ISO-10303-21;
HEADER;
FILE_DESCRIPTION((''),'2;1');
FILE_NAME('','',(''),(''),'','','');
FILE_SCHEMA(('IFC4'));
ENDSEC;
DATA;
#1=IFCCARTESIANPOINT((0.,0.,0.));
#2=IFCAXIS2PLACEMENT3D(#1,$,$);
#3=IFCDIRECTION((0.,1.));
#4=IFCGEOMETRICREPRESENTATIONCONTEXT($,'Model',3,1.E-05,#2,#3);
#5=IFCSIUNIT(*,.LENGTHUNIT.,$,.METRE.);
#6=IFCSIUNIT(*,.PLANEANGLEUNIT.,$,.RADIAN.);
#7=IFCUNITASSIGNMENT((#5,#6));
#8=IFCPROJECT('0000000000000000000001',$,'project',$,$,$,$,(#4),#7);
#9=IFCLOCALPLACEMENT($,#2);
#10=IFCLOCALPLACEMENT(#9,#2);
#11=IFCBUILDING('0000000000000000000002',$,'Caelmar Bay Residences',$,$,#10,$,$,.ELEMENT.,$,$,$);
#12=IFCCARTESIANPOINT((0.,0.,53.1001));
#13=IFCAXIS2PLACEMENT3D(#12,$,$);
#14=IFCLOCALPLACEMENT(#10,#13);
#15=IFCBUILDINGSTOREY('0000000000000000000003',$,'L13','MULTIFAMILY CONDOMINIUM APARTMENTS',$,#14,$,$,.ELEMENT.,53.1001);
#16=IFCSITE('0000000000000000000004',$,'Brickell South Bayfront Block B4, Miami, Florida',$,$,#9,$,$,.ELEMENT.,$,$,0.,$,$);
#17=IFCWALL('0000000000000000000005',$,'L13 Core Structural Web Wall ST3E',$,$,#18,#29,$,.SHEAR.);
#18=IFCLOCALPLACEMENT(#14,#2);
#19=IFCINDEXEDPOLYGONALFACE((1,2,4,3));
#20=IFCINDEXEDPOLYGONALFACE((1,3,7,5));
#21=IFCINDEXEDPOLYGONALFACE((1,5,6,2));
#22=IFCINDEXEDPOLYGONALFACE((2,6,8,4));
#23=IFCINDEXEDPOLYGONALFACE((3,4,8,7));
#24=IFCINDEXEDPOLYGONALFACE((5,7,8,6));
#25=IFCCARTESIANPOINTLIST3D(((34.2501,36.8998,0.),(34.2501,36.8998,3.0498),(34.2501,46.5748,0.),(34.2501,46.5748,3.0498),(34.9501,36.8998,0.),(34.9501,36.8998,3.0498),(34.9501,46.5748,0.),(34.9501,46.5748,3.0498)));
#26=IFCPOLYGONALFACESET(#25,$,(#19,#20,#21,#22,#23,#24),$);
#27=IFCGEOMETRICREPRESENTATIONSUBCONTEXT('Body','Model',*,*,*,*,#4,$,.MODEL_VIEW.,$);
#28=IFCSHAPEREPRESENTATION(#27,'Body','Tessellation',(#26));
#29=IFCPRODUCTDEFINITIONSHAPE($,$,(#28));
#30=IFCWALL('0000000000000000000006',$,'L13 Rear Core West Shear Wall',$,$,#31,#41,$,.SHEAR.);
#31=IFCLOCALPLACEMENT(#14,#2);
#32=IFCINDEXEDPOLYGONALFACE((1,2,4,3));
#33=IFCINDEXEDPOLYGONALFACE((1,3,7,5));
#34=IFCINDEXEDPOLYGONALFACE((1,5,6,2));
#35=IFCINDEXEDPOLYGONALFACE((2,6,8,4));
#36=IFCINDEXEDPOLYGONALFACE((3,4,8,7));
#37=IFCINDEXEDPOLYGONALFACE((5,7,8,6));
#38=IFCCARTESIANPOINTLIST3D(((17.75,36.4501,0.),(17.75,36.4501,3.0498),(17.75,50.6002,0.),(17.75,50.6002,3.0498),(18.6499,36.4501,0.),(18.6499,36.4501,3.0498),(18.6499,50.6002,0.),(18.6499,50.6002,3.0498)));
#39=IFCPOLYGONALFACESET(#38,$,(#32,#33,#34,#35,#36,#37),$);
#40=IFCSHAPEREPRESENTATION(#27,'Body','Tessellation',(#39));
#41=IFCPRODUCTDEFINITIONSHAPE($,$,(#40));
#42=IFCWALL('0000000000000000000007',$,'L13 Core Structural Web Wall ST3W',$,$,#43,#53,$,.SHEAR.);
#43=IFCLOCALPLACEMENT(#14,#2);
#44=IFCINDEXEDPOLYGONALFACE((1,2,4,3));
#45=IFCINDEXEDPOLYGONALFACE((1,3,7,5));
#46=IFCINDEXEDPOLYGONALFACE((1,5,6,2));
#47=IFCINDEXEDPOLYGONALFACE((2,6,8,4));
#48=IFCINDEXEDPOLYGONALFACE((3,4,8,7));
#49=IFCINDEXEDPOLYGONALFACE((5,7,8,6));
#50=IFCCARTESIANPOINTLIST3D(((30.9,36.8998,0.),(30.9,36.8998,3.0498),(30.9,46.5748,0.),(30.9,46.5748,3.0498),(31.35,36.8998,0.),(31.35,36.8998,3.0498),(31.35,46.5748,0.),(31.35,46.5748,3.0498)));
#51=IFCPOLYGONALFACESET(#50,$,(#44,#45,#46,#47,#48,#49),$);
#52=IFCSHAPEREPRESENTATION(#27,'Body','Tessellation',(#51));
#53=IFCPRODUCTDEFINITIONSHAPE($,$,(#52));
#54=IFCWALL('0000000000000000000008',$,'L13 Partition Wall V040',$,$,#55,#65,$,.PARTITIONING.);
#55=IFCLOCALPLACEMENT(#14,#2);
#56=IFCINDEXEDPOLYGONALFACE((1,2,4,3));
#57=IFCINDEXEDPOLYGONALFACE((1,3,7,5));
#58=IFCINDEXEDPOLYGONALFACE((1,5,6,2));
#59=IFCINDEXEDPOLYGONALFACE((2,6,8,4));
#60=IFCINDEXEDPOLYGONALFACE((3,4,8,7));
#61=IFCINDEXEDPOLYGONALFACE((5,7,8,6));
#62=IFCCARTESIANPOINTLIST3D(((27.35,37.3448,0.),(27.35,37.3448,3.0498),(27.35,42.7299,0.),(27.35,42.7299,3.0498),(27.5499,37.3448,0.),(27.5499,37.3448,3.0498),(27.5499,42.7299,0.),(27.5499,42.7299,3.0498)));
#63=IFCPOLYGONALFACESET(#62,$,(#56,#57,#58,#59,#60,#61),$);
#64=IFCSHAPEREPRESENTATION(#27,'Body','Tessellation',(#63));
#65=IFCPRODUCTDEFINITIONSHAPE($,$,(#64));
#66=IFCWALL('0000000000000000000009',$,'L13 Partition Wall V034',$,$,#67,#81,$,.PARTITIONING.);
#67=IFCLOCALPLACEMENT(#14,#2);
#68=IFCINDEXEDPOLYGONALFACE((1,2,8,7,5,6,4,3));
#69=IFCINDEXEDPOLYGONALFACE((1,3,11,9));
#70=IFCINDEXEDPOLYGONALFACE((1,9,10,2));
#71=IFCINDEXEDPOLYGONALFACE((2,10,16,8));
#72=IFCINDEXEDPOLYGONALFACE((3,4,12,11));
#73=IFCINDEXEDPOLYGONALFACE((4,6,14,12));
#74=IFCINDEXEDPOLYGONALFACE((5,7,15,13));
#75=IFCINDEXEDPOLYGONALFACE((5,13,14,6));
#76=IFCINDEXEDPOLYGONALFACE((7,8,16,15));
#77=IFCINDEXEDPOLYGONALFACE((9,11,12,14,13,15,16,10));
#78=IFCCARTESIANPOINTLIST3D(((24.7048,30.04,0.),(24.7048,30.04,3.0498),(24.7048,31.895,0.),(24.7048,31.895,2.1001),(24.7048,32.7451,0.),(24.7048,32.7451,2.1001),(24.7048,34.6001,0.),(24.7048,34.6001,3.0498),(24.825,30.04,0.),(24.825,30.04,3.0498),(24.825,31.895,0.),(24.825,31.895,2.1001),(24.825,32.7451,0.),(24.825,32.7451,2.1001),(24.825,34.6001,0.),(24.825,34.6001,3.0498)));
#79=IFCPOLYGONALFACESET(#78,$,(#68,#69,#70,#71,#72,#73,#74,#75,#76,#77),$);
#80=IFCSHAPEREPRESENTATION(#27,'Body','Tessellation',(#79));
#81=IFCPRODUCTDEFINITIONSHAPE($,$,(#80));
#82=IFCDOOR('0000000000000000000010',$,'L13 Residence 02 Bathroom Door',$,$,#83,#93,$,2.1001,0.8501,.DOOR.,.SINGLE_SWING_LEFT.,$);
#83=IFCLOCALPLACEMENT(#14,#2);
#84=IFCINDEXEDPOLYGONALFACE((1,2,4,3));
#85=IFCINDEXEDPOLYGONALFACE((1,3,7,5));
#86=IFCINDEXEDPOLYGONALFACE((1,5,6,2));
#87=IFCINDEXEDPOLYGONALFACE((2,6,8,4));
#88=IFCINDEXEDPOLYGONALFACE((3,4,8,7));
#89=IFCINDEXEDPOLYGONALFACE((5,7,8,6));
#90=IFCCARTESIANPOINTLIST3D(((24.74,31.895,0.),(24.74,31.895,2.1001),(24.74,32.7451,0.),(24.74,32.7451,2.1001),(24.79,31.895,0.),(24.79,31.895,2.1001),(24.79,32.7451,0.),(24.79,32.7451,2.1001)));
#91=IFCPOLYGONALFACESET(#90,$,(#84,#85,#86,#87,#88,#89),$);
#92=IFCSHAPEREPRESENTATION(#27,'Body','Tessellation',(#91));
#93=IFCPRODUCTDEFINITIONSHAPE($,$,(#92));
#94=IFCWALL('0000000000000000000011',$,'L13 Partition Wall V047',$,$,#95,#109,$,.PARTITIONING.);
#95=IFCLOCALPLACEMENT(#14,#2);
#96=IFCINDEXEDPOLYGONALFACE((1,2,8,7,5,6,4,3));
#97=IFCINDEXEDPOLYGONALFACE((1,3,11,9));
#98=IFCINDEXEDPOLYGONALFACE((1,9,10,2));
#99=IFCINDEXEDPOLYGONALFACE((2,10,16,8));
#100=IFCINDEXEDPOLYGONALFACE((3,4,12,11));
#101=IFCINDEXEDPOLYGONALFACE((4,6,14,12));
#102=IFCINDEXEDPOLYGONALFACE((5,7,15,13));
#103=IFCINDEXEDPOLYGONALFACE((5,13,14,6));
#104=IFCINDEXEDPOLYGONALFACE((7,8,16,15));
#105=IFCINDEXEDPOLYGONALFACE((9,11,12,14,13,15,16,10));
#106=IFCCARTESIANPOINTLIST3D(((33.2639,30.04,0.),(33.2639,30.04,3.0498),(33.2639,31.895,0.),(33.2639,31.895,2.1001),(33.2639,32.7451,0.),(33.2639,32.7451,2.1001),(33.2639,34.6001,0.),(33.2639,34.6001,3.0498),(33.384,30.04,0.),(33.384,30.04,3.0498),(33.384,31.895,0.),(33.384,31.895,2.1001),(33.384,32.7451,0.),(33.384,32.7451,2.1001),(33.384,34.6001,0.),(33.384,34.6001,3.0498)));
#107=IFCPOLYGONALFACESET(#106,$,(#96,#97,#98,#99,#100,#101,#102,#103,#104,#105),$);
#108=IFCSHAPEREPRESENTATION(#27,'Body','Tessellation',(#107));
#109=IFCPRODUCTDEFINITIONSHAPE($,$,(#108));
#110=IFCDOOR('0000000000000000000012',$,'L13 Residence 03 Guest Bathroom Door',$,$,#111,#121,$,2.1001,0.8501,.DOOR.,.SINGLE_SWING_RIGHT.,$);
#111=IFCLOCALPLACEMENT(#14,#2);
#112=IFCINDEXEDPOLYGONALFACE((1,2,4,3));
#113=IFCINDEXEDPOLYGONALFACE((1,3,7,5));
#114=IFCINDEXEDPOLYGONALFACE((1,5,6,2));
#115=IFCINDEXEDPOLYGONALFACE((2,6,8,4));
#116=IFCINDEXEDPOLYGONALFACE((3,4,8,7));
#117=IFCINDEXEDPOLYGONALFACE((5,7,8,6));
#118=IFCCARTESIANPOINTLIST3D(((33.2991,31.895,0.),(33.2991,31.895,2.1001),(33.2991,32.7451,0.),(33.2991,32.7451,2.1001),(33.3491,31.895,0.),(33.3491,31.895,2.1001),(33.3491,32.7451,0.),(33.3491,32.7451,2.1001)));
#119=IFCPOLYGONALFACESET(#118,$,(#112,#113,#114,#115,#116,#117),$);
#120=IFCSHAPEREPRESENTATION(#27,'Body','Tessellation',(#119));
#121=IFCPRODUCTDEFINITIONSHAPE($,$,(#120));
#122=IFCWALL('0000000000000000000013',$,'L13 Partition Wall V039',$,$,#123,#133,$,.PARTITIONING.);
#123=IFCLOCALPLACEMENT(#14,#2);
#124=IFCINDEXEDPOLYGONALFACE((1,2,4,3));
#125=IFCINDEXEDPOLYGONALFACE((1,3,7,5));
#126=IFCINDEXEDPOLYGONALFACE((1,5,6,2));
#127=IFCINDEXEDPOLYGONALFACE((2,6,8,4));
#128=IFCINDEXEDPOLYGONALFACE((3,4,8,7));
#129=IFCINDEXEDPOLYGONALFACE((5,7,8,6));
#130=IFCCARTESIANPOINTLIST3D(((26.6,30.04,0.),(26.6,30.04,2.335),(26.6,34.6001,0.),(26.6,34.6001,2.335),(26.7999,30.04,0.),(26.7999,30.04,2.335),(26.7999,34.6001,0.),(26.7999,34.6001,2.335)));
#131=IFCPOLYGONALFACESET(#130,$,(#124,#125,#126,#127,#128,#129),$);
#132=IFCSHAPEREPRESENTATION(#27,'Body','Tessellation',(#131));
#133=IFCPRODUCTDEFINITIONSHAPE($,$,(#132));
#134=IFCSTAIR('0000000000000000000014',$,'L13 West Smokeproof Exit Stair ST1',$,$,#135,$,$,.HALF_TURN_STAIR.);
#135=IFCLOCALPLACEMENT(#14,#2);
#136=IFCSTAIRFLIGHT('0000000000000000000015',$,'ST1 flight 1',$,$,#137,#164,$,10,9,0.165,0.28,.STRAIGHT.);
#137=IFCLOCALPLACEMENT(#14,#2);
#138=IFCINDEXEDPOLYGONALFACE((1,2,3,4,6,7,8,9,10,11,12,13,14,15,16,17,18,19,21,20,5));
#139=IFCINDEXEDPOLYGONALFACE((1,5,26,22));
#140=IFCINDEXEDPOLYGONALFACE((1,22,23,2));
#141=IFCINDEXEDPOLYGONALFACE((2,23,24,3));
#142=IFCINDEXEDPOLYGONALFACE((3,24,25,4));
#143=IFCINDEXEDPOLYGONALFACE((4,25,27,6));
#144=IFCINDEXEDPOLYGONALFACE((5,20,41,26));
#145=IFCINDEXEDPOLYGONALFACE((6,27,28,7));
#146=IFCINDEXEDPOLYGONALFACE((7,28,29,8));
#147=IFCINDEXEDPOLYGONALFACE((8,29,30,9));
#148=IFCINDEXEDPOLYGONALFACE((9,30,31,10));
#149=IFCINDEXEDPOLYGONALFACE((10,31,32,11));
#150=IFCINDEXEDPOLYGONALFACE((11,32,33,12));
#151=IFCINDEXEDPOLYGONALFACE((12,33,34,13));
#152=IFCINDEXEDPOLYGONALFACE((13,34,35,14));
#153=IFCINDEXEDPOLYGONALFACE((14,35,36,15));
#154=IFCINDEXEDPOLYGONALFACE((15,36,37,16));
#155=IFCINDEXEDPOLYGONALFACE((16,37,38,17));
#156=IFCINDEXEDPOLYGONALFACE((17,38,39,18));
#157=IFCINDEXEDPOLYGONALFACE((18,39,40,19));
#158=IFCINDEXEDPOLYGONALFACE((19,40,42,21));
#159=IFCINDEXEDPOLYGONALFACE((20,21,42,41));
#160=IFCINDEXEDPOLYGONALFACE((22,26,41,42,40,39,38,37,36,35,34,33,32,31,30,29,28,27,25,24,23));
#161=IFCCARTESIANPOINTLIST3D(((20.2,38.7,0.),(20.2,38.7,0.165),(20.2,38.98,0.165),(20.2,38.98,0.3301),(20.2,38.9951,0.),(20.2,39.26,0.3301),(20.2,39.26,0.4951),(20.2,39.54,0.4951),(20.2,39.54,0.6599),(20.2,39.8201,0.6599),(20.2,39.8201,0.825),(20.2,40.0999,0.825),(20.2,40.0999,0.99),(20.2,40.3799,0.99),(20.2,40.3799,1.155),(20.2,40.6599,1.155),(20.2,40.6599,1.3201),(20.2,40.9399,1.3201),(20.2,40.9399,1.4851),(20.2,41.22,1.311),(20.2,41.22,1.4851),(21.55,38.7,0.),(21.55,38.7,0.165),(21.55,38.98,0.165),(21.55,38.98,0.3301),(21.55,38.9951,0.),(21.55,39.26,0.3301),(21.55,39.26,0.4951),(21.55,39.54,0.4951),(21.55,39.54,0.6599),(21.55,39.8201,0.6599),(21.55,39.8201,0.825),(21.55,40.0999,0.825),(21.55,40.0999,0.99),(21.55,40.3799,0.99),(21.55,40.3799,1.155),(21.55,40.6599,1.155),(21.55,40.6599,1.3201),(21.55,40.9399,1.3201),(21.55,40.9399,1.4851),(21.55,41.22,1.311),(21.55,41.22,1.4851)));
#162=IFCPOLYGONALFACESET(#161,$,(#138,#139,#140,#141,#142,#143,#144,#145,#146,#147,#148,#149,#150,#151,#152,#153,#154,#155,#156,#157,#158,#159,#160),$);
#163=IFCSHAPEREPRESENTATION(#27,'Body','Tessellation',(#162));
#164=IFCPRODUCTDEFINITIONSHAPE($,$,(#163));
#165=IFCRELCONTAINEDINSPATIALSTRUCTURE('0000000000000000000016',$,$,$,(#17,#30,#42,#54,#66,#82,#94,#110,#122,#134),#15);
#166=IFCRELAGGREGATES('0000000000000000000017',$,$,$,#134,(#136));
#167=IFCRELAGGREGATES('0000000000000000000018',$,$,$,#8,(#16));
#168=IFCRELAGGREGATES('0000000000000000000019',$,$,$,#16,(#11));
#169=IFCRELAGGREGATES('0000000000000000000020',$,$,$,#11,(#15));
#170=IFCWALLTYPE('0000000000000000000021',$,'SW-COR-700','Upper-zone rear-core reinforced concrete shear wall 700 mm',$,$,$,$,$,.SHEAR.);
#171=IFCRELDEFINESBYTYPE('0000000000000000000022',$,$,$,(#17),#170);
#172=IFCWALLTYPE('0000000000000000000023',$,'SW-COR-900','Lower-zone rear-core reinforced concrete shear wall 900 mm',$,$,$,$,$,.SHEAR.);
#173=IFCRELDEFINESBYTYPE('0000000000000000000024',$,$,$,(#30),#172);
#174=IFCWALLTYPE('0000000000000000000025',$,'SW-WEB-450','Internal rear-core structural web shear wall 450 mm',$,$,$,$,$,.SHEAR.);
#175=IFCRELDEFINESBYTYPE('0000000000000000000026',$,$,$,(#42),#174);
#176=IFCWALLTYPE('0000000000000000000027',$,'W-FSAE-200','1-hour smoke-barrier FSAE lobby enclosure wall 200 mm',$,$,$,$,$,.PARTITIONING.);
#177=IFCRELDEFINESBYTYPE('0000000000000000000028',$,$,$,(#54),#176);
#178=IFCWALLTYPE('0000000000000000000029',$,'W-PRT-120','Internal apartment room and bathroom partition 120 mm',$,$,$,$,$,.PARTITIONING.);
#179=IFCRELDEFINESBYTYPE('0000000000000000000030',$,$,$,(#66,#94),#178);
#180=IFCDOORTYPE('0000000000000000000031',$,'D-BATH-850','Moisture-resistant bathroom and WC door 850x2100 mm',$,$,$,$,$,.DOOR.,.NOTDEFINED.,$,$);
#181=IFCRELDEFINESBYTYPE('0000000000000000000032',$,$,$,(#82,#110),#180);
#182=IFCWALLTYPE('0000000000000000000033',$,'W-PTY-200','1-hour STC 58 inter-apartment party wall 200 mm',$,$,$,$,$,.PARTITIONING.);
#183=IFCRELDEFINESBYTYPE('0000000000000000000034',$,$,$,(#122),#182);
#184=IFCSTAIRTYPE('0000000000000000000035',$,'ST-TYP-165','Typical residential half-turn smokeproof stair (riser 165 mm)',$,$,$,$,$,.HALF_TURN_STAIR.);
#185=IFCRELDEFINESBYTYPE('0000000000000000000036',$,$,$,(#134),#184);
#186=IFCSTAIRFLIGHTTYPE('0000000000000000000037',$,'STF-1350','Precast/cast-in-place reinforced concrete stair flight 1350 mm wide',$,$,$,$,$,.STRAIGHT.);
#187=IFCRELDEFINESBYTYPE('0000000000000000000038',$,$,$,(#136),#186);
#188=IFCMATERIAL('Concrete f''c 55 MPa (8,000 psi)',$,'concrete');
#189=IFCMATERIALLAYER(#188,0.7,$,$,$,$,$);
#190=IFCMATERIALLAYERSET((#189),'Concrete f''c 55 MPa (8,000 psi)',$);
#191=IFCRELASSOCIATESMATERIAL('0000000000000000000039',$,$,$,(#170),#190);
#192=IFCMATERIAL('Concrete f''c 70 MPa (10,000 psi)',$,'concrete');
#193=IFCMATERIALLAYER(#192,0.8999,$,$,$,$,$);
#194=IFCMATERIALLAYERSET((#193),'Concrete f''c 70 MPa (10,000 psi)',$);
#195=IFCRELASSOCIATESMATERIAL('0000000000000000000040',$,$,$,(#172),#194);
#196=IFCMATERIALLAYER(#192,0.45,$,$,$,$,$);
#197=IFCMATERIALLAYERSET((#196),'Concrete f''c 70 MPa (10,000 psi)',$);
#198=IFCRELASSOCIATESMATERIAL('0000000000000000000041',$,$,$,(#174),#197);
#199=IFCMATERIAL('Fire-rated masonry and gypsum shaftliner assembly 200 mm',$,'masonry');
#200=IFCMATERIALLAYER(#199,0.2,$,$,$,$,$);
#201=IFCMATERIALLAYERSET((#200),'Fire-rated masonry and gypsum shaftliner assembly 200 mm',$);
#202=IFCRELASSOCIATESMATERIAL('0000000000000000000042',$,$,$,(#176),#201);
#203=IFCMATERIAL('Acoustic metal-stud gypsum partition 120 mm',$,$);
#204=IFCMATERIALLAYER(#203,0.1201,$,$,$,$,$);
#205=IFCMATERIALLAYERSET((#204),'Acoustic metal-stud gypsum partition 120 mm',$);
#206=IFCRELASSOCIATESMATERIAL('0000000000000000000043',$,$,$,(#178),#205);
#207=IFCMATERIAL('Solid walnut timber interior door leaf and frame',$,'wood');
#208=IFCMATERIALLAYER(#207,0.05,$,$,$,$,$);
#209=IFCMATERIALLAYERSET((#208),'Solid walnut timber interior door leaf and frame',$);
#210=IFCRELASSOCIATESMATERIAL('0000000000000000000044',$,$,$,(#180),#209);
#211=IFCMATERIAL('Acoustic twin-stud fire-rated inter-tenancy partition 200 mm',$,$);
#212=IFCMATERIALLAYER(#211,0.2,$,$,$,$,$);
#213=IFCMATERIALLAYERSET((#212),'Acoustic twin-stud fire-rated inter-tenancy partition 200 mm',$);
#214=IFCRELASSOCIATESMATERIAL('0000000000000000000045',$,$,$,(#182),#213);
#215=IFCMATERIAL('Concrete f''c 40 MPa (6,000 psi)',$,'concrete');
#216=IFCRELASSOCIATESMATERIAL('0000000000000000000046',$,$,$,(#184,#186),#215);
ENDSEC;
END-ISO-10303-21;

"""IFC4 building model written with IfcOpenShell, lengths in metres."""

from ifc_helpers import new_model, si_unit, direction, frame, frame_2d, origin, place, context, subcontext, project, spatial, polyline, rectangle, outline, extrude, material, layer, layer_set, type_object, element, fill, aggregate, save


model = new_model("IFC4")

# Units and contexts
model_context = context("Model", 3, precision=1e-05, world=origin(), true_north=direction((0.0, 1.0)))
body_context = subcontext(model_context, "Body", "Model", "MODEL_VIEW")
ifc_project = project(units=[si_unit("LENGTHUNIT", "METRE"), si_unit("PLANEANGLEUNIT", "RADIAN")], contexts=[model_context])

# Site, building, storey
site_placement = place(None, origin())
site = spatial("IfcSite", under=ifc_project, at=site_placement, Name="Brickell South Bayfront Block B4, Miami, Florida", CompositionType="ELEMENT", RefElevation=0.0)
building_placement = place(site_placement, origin())
building = spatial("IfcBuilding", under=site, at=building_placement, Name="Caelmar Bay Residences", CompositionType="ELEMENT")
storey_placement = place(building_placement, frame((0.0, 0.0, 53.1001)))
storey = spatial("IfcBuildingStorey", under=building, at=storey_placement, Name="L13", Description="MULTIFAMILY CONDOMINIUM APARTMENTS", CompositionType="ELEMENT", Elevation=53.1001)

# Shared definitions
ifc_material_1 = material(Name="Concrete f'c 55 MPa (8,000 psi)", Category="concrete")
ifc_layer_1 = layer(ifc_material_1, 0.7)
ifc_layer_set_1 = layer_set([ifc_layer_1], Name="Concrete f'c 55 MPa (8,000 psi)")
wall_type_1 = type_object("IfcWallType", Name="SW-COR-700", Description="Upper-zone rear-core reinforced concrete shear wall 700 mm", PredefinedType="SHEAR", material=ifc_layer_set_1)

# Walls
wall_1_placement = place(storey_placement, frame((34.6001, 36.8999, 0.0), z_axis=(0.0, 0.0, 1.0), x_axis=(0.0, 1.0, 0.0)))
element("IfcWall", 1, at=wall_1_placement, inside=storey, type_object=wall_type_1, Name="L13 Core Structural Web Wall ST3E", PredefinedType="SHEAR", context=body_context, shape_type="SweptSolid", body=[
    extrude(rectangle(XDim=9.675, YDim=0.7, at=frame_2d((4.8374, 0.0))), origin(), (0.0, 0.0, 1.0), 3.0498),
])
ifc_material_2 = material(Name="Concrete f'c 70 MPa (10,000 psi)", Category="concrete")
ifc_layer_2 = layer(ifc_material_2, 0.8999)
ifc_layer_set_2 = layer_set([ifc_layer_2], Name="Concrete f'c 70 MPa (10,000 psi)")
wall_type_2 = type_object("IfcWallType", Name="SW-COR-900", Description="Lower-zone rear-core reinforced concrete shear wall 900 mm", PredefinedType="SHEAR", material=ifc_layer_set_2)
wall_2_placement = place(storey_placement, frame((18.2, 36.45, 0.0), z_axis=(0.0, 0.0, 1.0), x_axis=(0.0, 1.0, 0.0)))
element("IfcWall", 2, at=wall_2_placement, inside=storey, type_object=wall_type_2, Name="L13 Rear Core West Shear Wall", PredefinedType="SHEAR", context=body_context, shape_type="SweptSolid", body=[
    extrude(rectangle(XDim=14.1501, YDim=0.8999, at=frame_2d((7.0752, 0.0))), origin(), (0.0, 0.0, 1.0), 3.0498),
])
ifc_layer_3 = layer(ifc_material_2, 0.45)
ifc_layer_set_3 = layer_set([ifc_layer_3], Name="Concrete f'c 70 MPa (10,000 psi)")
wall_type_3 = type_object("IfcWallType", Name="SW-WEB-450", Description="Internal rear-core structural web shear wall 450 mm", PredefinedType="SHEAR", material=ifc_layer_set_3)
wall_3_placement = place(storey_placement, frame((31.125, 36.8999, 0.0), z_axis=(0.0, 0.0, 1.0), x_axis=(0.0, 1.0, 0.0)))
element("IfcWall", 3, at=wall_3_placement, inside=storey, type_object=wall_type_3, Name="L13 Core Structural Web Wall ST3W", PredefinedType="SHEAR", context=body_context, shape_type="SweptSolid", body=[
    extrude(rectangle(XDim=9.675, YDim=0.45, at=frame_2d((4.8374, 0.0))), origin(), (0.0, 0.0, 1.0), 3.0498),
])
ifc_material_3 = material(Name="Fire-rated masonry and gypsum shaftliner assembly 200 mm", Category="masonry")
ifc_layer_4 = layer(ifc_material_3, 0.2)
ifc_layer_set_4 = layer_set([ifc_layer_4], Name="Fire-rated masonry and gypsum shaftliner assembly 200 mm")
wall_type_4 = type_object("IfcWallType", Name="W-FSAE-200", Description="1-hour smoke-barrier FSAE lobby enclosure wall 200 mm", PredefinedType="PARTITIONING", material=ifc_layer_set_4)
wall_4_placement = place(storey_placement, frame((27.45, 37.345, 0.0), z_axis=(0.0, 0.0, 1.0), x_axis=(0.0, 1.0, 0.0)))
element("IfcWall", 4, at=wall_4_placement, inside=storey, type_object=wall_type_4, Name="L13 Partition Wall V040", PredefinedType="PARTITIONING", context=body_context, shape_type="SweptSolid", body=[
    extrude(rectangle(XDim=5.385, YDim=0.2, at=frame_2d((2.6924, 0.0))), origin(), (0.0, 0.0, 1.0), 3.0498),
])

# Walls, openings, doors
ifc_material_4 = material(Name="Acoustic metal-stud gypsum partition 120 mm")
ifc_layer_5 = layer(ifc_material_4, 0.1201)
ifc_layer_set_5 = layer_set([ifc_layer_5], Name="Acoustic metal-stud gypsum partition 120 mm")
wall_type_5 = type_object("IfcWallType", Name="W-PRT-120", Description="Internal apartment room and bathroom partition 120 mm", PredefinedType="PARTITIONING", material=ifc_layer_set_5)
wall_5_placement = place(storey_placement, frame((24.7649, 30.04, 0.0), z_axis=(0.0, 0.0, 1.0), x_axis=(0.0, 1.0, 0.0)))
wall_5 = element("IfcWall", 5, at=wall_5_placement, inside=storey, type_object=wall_type_5, Name="L13 Partition Wall V034", PredefinedType="PARTITIONING", context=body_context, shape_type="SweptSolid", body=[
    extrude(rectangle(XDim=4.5601, YDim=0.1201, at=frame_2d((2.28, 0.0))), origin(), (0.0, 0.0, 1.0), 3.0498),
])
opening_1_placement = place(wall_5_placement, frame((1.855, 0.0, 0.0)))
opening_1 = element("IfcOpeningElement", 6, at=opening_1_placement, cuts=wall_5, PredefinedType="OPENING", context=body_context, shape_type="SweptSolid", body=[
    extrude(rectangle(XDim=0.8501, YDim=2.1001, at=frame_2d((0.425, 1.05))), frame((0.0, 0.0701, 0.0), z_axis=(0.0, -1.0, 0.0), x_axis=(1.0, 0.0, 0.0)), (0.0, 0.0, 1.0), 0.1401),
])
ifc_material_5 = material(Name="Solid walnut timber interior door leaf and frame", Category="wood")
ifc_layer_6 = layer(ifc_material_5, 0.05)
ifc_layer_set_6 = layer_set([ifc_layer_6], Name="Solid walnut timber interior door leaf and frame")
door_type_1 = type_object("IfcDoorType", Name="D-BATH-850", Description="Moisture-resistant bathroom and WC door 850x2100 mm", OperationType="NOTDEFINED", PredefinedType="DOOR", material=ifc_layer_set_6)
door_1_placement = place(opening_1_placement, origin())
door_1 = element("IfcDoor", 7, at=door_1_placement, inside=storey, type_object=door_type_1, Name="L13 Residence 02 Bathroom Door", OperationType="SINGLE_SWING_LEFT", OverallHeight=2.1001, OverallWidth=0.8501, PredefinedType="DOOR", context=body_context, shape_type="SweptSolid", body=[
    extrude(rectangle(XDim=0.8501, YDim=2.1001, at=frame_2d((0.425, 1.05))), frame((0.0, 0.0249, 0.0), z_axis=(0.0, -1.0, 0.0), x_axis=(1.0, 0.0, 0.0)), (0.0, 0.0, 1.0), 0.05),
])
fill(opening_1, door_1)
wall_6_placement = place(storey_placement, frame((33.324, 30.04, 0.0), z_axis=(0.0, 0.0, 1.0), x_axis=(0.0, 1.0, 0.0)))
wall_6 = element("IfcWall", 8, at=wall_6_placement, inside=storey, type_object=wall_type_5, Name="L13 Partition Wall V047", PredefinedType="PARTITIONING", context=body_context, shape_type="SweptSolid", body=[
    extrude(rectangle(XDim=4.5601, YDim=0.1201, at=frame_2d((2.28, 0.0))), origin(), (0.0, 0.0, 1.0), 3.0498),
])
opening_2_placement = place(wall_6_placement, frame((1.855, 0.0, 0.0)))
opening_2 = element("IfcOpeningElement", 9, at=opening_2_placement, cuts=wall_6, PredefinedType="OPENING", context=body_context, shape_type="SweptSolid", body=[
    extrude(rectangle(XDim=0.8501, YDim=2.1001, at=frame_2d((0.425, 1.05))), frame((0.0, 0.0701, 0.0), z_axis=(0.0, -1.0, 0.0), x_axis=(1.0, 0.0, 0.0)), (0.0, 0.0, 1.0), 0.1401),
])
door_2_placement = place(opening_2_placement, origin())
door_2 = element("IfcDoor", 10, at=door_2_placement, inside=storey, type_object=door_type_1, Name="L13 Residence 03 Guest Bathroom Door", OperationType="SINGLE_SWING_RIGHT", OverallHeight=2.1001, OverallWidth=0.8501, PredefinedType="DOOR", context=body_context, shape_type="SweptSolid", body=[
    extrude(rectangle(XDim=0.8501, YDim=2.1001, at=frame_2d((0.425, 1.05))), frame((0.0, 0.0249, 0.0), z_axis=(0.0, -1.0, 0.0), x_axis=(1.0, 0.0, 0.0)), (0.0, 0.0, 1.0), 0.05),
])
fill(opening_2, door_2)

# Wall
ifc_material_6 = material(Name="Acoustic twin-stud fire-rated inter-tenancy partition 200 mm")
ifc_layer_7 = layer(ifc_material_6, 0.2)
ifc_layer_set_7 = layer_set([ifc_layer_7], Name="Acoustic twin-stud fire-rated inter-tenancy partition 200 mm")
wall_type_6 = type_object("IfcWallType", Name="W-PTY-200", Description="1-hour STC 58 inter-apartment party wall 200 mm", PredefinedType="PARTITIONING", material=ifc_layer_set_7)
wall_7_placement = place(storey_placement, frame((26.7, 30.04, 0.0), z_axis=(0.0, 0.0, 1.0), x_axis=(0.0, 1.0, 0.0)))
element("IfcWall", 11, at=wall_7_placement, inside=storey, type_object=wall_type_6, Name="L13 Partition Wall V039", PredefinedType="PARTITIONING", context=body_context, shape_type="SweptSolid", body=[
    extrude(rectangle(XDim=4.5601, YDim=0.2, at=frame_2d((2.28, 0.0))), origin(), (0.0, 0.0, 1.0), 2.335),
])

# Stair, stair flight
ifc_material_7 = material(Name="Concrete f'c 40 MPa (6,000 psi)", Category="concrete")
stair_type = type_object("IfcStairType", Name="ST-TYP-165", Description="Typical residential half-turn smokeproof stair (riser 165 mm)", PredefinedType="HALF_TURN_STAIR", material=ifc_material_7)
stair_1_placement = place(storey_placement, origin())
stair_1 = element("IfcStair", 12, at=stair_1_placement, inside=storey, type_object=stair_type, Name="L13 West Smokeproof Exit Stair ST1", PredefinedType="HALF_TURN_STAIR")
stair_flight_type = type_object("IfcStairFlightType", Name="STF-1350", Description="Precast/cast-in-place reinforced concrete stair flight 1350 mm wide", PredefinedType="STRAIGHT", material=ifc_material_7)
stair_flight_1_placement = place(storey_placement, frame((20.875, 38.7, 0.0), z_axis=(0.0, 0.0, 1.0), x_axis=(0.0, 1.0, 0.0)))
stair_flight_1 = element("IfcStairFlight", 13, at=stair_flight_1_placement, type_object=stair_flight_type, Name="ST1 flight 1", NumberOfRisers=10, NumberOfTreads=9, PredefinedType="STRAIGHT", RiserHeight=0.165, TreadLength=0.28, context=body_context, shape_type="SweptSolid", body=[
    extrude(outline(polyline([(0.0, 0.0), (0.0, 0.165), (0.28, 0.165), (0.28, 0.3301), (0.5601, 0.3301), (0.5601, 0.4951), (0.8401, 0.4951), (0.8401, 0.6599), (1.1201, 0.6599), (1.1201, 0.825), (1.3999, 0.825), (1.3999, 0.99), (1.6799, 0.99), (1.6799, 1.155), (1.96, 1.155), (1.96, 1.3201), (2.24, 1.3201), (2.24, 1.4851), (2.52, 1.4851), (2.52, 1.6499), (2.52, 1.311), (0.2952, 0.0), (0.0, 0.0)])), frame((0.0, 0.675, 0.0), z_axis=(0.0, -1.0, 0.0), x_axis=(1.0, 0.0, 0.0)), (0.0, 0.0, 1.0), 1.3501),
])
aggregate(stair_1, [stair_flight_1])

save(model, "model.ifc")
